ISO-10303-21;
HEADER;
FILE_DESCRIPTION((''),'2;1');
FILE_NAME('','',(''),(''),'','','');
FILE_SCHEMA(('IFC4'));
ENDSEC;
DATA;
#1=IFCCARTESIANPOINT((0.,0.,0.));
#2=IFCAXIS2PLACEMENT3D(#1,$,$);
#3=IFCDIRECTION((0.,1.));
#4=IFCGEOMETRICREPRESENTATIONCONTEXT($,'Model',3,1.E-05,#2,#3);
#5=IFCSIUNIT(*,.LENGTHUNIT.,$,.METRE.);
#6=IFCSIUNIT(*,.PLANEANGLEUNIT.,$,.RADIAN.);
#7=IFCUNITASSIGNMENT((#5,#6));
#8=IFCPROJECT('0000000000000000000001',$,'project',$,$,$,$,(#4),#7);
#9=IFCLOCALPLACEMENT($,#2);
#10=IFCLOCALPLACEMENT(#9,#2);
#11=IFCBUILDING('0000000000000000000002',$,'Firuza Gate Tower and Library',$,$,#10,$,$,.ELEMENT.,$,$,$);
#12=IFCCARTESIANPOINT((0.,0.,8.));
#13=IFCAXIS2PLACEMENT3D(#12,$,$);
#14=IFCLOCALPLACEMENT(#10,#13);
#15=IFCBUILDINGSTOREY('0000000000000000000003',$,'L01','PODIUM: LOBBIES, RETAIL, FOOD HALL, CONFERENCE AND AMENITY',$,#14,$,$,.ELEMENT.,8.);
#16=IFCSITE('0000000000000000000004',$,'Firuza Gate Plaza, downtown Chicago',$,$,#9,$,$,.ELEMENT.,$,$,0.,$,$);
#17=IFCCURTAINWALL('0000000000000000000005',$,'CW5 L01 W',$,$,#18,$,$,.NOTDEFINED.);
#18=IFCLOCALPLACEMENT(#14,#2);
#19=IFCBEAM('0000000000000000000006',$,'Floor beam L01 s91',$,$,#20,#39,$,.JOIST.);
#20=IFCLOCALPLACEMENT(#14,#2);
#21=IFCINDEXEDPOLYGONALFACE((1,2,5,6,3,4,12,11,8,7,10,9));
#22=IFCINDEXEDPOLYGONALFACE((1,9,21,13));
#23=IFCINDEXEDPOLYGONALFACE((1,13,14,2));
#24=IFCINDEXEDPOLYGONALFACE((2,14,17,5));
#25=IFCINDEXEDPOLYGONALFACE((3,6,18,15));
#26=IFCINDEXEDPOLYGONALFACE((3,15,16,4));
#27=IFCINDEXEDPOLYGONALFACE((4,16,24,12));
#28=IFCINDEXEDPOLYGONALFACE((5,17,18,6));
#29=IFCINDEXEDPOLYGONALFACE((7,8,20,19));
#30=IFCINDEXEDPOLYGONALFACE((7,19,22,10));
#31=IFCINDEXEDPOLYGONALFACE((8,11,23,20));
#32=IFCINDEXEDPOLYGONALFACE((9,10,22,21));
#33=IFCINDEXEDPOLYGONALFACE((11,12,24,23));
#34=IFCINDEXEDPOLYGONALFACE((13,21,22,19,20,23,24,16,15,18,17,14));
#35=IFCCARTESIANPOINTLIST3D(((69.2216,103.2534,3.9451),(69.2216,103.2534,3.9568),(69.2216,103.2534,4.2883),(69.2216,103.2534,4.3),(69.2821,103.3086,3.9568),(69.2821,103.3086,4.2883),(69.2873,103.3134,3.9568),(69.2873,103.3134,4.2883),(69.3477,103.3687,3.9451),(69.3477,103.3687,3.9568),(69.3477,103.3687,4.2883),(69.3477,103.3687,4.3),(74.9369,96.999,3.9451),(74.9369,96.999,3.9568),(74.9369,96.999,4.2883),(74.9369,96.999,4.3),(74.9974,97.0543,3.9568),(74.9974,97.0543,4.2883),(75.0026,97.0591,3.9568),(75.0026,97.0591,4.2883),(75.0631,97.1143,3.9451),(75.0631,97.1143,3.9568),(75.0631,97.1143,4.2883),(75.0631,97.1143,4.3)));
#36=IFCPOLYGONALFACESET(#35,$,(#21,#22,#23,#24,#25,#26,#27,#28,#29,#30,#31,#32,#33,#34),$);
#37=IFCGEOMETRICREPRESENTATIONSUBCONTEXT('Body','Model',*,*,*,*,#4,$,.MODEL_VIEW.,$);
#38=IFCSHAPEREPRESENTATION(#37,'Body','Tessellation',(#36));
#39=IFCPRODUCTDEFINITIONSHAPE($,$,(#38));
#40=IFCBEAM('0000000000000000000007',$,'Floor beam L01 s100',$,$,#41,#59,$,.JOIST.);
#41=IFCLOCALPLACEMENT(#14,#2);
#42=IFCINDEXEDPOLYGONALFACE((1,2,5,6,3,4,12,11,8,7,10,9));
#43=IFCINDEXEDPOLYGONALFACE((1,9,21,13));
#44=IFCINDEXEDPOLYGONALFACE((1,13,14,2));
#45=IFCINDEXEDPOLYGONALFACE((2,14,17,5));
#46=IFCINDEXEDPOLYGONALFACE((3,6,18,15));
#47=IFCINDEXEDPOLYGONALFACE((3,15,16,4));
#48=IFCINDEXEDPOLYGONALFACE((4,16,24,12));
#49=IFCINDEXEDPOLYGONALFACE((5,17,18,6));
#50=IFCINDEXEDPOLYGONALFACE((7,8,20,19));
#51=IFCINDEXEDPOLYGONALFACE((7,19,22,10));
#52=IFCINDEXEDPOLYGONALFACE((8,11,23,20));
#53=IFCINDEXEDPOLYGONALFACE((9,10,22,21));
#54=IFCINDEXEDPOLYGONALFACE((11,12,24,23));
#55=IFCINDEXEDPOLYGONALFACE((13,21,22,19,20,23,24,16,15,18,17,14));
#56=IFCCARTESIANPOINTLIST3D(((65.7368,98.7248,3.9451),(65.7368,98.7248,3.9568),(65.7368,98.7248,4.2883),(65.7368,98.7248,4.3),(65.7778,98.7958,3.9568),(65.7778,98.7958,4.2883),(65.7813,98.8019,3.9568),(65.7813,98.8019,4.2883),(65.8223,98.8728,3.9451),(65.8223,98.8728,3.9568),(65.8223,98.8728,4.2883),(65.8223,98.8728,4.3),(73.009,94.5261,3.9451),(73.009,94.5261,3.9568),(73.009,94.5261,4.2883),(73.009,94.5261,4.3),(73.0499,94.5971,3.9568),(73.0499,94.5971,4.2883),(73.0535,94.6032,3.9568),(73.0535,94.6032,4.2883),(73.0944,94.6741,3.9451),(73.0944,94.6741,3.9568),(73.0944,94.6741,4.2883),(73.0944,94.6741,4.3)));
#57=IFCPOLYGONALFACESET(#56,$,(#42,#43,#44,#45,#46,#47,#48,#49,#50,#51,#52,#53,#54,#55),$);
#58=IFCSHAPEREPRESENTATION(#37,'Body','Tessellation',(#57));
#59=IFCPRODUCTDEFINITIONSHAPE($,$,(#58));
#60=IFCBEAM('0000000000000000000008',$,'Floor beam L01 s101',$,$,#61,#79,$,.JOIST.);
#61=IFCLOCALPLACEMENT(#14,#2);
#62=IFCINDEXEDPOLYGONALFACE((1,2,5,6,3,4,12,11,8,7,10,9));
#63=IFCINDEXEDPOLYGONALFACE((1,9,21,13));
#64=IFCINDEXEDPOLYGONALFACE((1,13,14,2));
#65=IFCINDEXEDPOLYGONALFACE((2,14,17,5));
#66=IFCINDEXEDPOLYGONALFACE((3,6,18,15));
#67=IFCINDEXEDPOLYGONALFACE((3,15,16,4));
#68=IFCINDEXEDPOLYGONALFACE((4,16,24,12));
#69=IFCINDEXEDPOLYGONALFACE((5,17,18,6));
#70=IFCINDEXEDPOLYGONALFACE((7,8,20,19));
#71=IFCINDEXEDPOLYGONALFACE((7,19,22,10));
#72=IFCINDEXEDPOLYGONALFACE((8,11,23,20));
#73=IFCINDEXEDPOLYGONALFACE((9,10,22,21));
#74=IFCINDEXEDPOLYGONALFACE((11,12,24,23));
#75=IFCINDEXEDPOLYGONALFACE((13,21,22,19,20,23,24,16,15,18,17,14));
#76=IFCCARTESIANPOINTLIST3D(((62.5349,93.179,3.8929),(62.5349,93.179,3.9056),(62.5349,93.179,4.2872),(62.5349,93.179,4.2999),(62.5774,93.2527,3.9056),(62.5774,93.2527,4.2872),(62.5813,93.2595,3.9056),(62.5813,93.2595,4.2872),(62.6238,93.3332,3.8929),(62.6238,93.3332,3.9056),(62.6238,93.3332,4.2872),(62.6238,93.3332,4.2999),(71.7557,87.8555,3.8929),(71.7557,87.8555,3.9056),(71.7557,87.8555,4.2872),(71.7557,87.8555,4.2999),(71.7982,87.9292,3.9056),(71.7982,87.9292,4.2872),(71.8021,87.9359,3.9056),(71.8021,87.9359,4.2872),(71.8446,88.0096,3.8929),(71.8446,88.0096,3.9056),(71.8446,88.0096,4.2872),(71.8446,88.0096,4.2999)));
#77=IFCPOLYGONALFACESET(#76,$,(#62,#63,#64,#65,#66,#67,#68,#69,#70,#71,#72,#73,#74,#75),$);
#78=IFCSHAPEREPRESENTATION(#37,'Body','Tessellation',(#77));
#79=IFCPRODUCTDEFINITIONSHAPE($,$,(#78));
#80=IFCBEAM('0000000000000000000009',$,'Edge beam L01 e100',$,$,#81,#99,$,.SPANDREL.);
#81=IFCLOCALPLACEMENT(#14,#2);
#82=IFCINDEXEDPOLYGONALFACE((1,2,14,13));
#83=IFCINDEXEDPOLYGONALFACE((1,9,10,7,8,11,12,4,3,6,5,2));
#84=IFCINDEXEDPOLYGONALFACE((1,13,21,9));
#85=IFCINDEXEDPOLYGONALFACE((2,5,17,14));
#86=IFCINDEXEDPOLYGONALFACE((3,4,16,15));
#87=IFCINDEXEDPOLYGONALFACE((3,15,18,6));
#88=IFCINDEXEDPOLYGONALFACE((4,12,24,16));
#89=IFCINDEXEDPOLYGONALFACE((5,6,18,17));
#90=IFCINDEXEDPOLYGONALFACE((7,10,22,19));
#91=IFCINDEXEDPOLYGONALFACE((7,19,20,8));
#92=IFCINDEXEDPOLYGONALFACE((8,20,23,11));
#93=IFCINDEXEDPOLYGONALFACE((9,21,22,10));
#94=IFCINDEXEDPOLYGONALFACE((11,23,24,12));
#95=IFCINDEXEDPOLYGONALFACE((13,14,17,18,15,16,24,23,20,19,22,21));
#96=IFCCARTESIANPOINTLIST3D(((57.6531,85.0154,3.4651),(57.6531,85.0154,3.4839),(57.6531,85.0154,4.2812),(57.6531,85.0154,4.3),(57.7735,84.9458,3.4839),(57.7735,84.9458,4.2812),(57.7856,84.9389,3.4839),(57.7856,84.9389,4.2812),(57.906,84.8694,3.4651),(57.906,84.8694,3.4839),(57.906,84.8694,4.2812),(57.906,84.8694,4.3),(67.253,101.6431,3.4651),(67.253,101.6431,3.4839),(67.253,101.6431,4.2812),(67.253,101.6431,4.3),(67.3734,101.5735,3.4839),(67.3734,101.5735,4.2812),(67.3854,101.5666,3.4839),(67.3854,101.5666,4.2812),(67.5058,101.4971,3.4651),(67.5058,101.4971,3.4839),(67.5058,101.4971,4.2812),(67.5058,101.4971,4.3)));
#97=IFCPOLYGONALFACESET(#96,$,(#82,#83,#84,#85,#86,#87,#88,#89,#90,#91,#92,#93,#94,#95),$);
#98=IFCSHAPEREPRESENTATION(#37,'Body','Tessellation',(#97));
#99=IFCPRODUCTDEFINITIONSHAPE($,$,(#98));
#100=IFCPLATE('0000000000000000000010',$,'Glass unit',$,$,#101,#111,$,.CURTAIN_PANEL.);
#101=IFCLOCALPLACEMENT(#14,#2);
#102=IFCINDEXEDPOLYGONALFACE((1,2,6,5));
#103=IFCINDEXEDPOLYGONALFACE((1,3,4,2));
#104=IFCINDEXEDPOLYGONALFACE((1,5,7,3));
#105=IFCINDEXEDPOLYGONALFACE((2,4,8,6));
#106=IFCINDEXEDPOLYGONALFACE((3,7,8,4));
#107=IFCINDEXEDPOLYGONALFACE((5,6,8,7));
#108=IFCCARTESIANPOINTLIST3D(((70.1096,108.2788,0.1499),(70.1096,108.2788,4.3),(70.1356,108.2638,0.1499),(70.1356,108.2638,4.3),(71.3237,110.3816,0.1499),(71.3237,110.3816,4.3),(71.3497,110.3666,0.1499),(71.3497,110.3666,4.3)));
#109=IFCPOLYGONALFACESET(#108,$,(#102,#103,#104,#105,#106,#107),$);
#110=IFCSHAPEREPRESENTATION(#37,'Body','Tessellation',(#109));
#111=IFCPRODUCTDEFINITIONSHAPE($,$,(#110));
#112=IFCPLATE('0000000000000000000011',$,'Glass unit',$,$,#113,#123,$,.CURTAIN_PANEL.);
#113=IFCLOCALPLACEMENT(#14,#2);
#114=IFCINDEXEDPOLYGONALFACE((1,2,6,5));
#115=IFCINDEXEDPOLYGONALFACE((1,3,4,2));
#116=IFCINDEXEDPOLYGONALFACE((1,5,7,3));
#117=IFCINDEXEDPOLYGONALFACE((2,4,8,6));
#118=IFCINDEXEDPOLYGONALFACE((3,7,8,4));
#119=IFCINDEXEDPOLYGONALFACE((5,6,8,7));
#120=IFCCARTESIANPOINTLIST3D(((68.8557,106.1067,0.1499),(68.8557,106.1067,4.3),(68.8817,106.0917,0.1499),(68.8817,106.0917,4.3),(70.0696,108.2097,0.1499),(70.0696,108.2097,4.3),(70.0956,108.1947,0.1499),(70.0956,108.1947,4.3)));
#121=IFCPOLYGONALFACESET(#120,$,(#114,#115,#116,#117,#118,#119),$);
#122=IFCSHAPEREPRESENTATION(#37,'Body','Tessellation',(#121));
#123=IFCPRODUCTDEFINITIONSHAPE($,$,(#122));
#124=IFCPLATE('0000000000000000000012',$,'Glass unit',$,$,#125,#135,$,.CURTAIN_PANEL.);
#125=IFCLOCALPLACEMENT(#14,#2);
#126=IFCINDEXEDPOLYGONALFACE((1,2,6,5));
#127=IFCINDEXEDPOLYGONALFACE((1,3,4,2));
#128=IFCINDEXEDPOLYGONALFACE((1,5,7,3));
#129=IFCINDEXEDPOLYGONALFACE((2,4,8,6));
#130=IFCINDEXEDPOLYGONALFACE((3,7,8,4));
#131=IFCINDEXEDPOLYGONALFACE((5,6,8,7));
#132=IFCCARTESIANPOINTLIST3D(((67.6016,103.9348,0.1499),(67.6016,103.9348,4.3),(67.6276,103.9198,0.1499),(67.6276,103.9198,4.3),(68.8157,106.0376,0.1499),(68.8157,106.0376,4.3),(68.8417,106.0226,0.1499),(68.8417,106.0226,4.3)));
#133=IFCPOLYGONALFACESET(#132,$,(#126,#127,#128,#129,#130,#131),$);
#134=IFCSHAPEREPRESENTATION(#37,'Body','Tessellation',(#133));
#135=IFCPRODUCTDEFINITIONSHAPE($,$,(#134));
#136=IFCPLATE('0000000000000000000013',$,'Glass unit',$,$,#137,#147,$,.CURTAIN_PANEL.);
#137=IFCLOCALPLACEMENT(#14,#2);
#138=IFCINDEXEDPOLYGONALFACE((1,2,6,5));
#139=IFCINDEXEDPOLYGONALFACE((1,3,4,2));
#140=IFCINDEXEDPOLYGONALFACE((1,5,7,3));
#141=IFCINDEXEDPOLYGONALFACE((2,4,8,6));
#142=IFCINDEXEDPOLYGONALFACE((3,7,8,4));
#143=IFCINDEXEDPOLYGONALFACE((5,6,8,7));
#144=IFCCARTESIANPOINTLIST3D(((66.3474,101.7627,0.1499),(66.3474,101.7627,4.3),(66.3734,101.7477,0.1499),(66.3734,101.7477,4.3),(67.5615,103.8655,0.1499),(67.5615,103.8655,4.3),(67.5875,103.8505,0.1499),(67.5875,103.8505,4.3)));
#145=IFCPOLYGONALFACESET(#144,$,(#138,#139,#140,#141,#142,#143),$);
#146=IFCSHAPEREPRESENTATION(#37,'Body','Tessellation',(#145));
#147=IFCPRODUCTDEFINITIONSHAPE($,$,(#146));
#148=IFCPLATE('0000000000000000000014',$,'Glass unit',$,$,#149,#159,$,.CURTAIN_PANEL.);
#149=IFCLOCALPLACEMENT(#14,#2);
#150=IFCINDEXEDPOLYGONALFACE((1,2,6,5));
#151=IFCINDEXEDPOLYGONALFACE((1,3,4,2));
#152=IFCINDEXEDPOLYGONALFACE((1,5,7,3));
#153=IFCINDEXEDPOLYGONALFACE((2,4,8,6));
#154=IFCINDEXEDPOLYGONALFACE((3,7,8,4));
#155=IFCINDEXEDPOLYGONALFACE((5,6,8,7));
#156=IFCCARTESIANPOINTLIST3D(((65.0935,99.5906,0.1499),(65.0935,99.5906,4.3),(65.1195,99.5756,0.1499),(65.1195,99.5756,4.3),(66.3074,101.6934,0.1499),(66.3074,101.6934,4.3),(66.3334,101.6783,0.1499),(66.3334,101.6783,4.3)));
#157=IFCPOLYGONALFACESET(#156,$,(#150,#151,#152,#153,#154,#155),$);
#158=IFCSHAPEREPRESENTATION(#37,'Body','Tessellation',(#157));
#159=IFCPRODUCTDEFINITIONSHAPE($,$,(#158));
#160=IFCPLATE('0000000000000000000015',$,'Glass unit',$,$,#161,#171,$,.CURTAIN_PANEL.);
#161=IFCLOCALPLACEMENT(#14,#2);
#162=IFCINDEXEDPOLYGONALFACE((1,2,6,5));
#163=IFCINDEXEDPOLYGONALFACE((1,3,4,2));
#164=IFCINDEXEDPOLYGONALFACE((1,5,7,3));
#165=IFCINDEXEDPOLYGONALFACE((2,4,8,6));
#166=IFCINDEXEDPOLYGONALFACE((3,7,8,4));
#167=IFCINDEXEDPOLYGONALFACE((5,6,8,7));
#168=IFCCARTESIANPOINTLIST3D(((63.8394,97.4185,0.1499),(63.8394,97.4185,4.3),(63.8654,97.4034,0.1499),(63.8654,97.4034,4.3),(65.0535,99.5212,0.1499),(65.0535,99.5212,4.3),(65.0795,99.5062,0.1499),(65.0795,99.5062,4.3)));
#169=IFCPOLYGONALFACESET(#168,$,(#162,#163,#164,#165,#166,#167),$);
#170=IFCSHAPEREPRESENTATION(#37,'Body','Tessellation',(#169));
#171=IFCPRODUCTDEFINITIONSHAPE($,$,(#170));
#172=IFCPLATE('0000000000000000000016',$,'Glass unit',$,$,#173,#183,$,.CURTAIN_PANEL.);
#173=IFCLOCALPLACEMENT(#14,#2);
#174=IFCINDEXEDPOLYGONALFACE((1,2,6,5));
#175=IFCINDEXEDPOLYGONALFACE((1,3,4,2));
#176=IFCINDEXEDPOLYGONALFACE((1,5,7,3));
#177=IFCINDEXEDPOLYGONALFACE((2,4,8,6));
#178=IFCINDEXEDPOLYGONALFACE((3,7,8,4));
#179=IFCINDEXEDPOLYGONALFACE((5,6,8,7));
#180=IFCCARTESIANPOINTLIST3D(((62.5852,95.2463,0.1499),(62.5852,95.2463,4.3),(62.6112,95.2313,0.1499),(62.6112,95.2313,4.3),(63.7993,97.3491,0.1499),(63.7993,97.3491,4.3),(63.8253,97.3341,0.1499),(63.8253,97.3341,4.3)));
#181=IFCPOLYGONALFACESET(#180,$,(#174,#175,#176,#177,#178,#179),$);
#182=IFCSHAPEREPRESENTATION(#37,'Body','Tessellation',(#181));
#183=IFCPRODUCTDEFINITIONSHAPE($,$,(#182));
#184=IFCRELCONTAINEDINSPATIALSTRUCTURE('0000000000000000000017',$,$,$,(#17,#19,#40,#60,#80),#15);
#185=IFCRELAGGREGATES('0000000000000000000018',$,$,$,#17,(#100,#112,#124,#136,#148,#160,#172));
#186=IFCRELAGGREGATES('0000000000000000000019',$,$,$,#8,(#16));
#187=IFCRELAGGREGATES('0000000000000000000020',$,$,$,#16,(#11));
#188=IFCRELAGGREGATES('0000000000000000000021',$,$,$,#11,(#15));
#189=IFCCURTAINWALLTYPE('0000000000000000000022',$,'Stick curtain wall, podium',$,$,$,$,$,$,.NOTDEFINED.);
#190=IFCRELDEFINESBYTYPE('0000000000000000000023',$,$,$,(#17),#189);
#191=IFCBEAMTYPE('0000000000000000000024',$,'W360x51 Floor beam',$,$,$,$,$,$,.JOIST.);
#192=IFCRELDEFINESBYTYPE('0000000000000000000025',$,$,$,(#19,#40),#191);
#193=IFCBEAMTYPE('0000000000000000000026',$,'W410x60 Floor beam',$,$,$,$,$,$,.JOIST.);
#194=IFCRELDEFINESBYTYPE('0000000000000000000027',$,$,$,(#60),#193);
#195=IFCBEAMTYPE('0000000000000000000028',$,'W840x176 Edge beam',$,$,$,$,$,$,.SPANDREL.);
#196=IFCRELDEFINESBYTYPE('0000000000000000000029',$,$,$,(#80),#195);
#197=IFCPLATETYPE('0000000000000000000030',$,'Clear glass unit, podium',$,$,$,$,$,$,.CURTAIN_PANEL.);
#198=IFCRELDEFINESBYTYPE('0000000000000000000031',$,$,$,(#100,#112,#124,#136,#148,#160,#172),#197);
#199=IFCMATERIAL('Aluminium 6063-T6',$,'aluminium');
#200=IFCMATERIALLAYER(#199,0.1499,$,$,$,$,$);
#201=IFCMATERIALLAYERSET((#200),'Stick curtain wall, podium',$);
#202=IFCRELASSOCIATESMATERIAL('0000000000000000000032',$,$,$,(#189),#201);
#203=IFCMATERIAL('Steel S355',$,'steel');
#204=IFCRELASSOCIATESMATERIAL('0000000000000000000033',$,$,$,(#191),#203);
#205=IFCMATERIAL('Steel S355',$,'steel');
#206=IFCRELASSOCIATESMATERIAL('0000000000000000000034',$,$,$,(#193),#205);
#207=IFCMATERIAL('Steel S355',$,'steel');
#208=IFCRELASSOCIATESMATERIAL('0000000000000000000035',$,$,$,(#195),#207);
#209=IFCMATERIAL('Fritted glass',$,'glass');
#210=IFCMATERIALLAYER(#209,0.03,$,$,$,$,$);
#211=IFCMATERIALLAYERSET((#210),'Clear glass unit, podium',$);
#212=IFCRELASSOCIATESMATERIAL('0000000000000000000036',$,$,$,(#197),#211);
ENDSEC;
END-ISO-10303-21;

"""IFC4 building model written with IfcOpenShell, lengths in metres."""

from ifc_helpers import new_model, si_unit, direction, frame, origin, origin_2d, place, context, subcontext, project, spatial, polyline, i_section, outline, extrude, material, layer, layer_set, material_profile, profile_set, type_object, element, aggregate, save


model = new_model("IFC4")

# Units and contexts
model_context = context("Model", 3, precision=1e-05, world=origin(), true_north=direction((0.0, 1.0)))
body_context = subcontext(model_context, "Body", "Model", "MODEL_VIEW")
ifc_project = project(units=[si_unit("LENGTHUNIT", "METRE"), si_unit("PLANEANGLEUNIT", "RADIAN")], contexts=[model_context])

# Site, building, storey
site_placement = place(None, origin())
site = spatial("IfcSite", under=ifc_project, at=site_placement, Name="Firuza Gate Plaza, downtown Chicago", CompositionType="ELEMENT", RefElevation=0.0)
building_placement = place(site_placement, origin())
building = spatial("IfcBuilding", under=site, at=building_placement, Name="Firuza Gate Tower and Library", CompositionType="ELEMENT")
storey_placement = place(building_placement, frame((0.0, 0.0, 8.0)))
storey = spatial("IfcBuildingStorey", under=building, at=storey_placement, Name="L01", Description="PODIUM: LOBBIES, RETAIL, FOOD HALL, CONFERENCE AND AMENITY", CompositionType="ELEMENT", Elevation=8.0)

# Curtain wall
ifc_material_1 = material(Name="Aluminium 6063-T6", Category="aluminium")
ifc_layer_1 = layer(ifc_material_1, 0.1499)
ifc_layer_set_1 = layer_set([ifc_layer_1], Name="Stick curtain wall, podium")
curtain_wall_type = type_object("IfcCurtainWallType", Name="Stick curtain wall, podium", PredefinedType="NOTDEFINED", material=ifc_layer_set_1)
placement = place(storey_placement, origin())
curtain_wall = element("IfcCurtainWall", 1, at=placement, inside=storey, type_object=curtain_wall_type, Name="CW5 L01 W", PredefinedType="NOTDEFINED")

# Beams
ifc_material_2 = material(Name="Steel S355", Category="steel")
ifc_material_profile_1 = material_profile(ifc_material_2, i_section(OverallWidth=0.1709, OverallDepth=0.355, WebThickness=0.0071, FlangeThickness=0.0117, at=origin_2d()))
ifc_profile_set_1 = profile_set([ifc_material_profile_1], Name="Steel S355")
beam_type_1 = type_object("IfcBeamType", Name="W360x51 Floor beam", PredefinedType="JOIST", material=ifc_profile_set_1)
beam_1_placement = place(storey_placement, frame((69.2847, 103.311, 4.1226), z_axis=(0.674578, -0.738203, 0.0), x_axis=(0.738203, 0.674578, 0.0)))
element("IfcBeam", 2, at=beam_1_placement, inside=storey, type_object=beam_type_1, Name="Floor beam L01 s91", PredefinedType="JOIST", context=body_context, shape_type="SweptSolid", body=[
    extrude(i_section(OverallWidth=0.1709, OverallDepth=0.355, WebThickness=0.0071, FlangeThickness=0.0117, at=origin_2d()), origin(), (0.0, 0.0, 1.0), 8.4724),
])
beam_2_placement = place(storey_placement, frame((65.7795, 98.7988, 4.1226), z_axis=(0.86602, -0.50001, 0.0), x_axis=(0.50001, 0.86602, 0.0)))
element("IfcBeam", 3, at=beam_2_placement, inside=storey, type_object=beam_type_1, Name="Floor beam L01 s100", PredefinedType="JOIST", context=body_context, shape_type="SweptSolid", body=[
    extrude(i_section(OverallWidth=0.1709, OverallDepth=0.355, WebThickness=0.0071, FlangeThickness=0.0117, at=origin_2d()), origin(), (0.0, 0.0, 1.0), 8.3972),
])
ifc_material_3 = material(Name="Steel S355", Category="steel")
ifc_material_profile_2 = material_profile(ifc_material_3, i_section(OverallWidth=0.178, OverallDepth=0.407, WebThickness=0.0078, FlangeThickness=0.0127, at=origin_2d()))
ifc_profile_set_2 = profile_set([ifc_material_profile_2], Name="Steel S355")
beam_type_2 = type_object("IfcBeamType", Name="W410x60 Floor beam", PredefinedType="JOIST", material=ifc_profile_set_2)
beam_3_placement = place(storey_placement, frame((62.5793, 93.2561, 4.0964), z_axis=(0.866029, -0.499994, 0.0), x_axis=(0.499994, 0.866029, 0.0)))
element("IfcBeam", 4, at=beam_3_placement, inside=storey, type_object=beam_type_2, Name="Floor beam L01 s101", PredefinedType="JOIST", context=body_context, shape_type="SweptSolid", body=[
    extrude(i_section(OverallWidth=0.178, OverallDepth=0.407, WebThickness=0.0078, FlangeThickness=0.0127, at=origin_2d()), origin(), (0.0, 0.0, 1.0), 10.6472),
])
ifc_material_4 = material(Name="Steel S355", Category="steel")
ifc_material_profile_3 = material_profile(ifc_material_4, i_section(OverallWidth=0.292, OverallDepth=0.835, WebThickness=0.0139, FlangeThickness=0.0188, at=origin_2d()))
ifc_profile_set_3 = profile_set([ifc_material_profile_3], Name="Steel S355")
beam_type_3 = type_object("IfcBeamType", Name="W840x176 Edge beam", PredefinedType="SPANDREL", material=ifc_profile_set_3)
beam_4_placement = place(storey_placement, frame((67.3794, 101.5701, 3.8826), z_axis=(-0.499994, -0.866029, 0.0), x_axis=(0.866029, -0.499994, 0.0)))
element("IfcBeam", 5, at=beam_4_placement, inside=storey, type_object=beam_type_3, Name="Edge beam L01 e100", PredefinedType="SPANDREL", context=body_context, shape_type="SweptSolid", body=[
    extrude(i_section(OverallWidth=0.292, OverallDepth=0.835, WebThickness=0.0139, FlangeThickness=0.0188, at=origin_2d()), origin(), (0.0, 0.0, 1.0), 19.2),
])

# Plates
ifc_material_5 = material(Name="Fritted glass", Category="glass")
ifc_layer_2 = layer(ifc_material_5, 0.03)
ifc_layer_set_2 = layer_set([ifc_layer_2], Name="Clear glass unit, podium")
plate_type = type_object("IfcPlateType", Name="Clear glass unit, podium", PredefinedType="CURTAIN_PANEL", material=ifc_layer_set_2)
plate_1_placement = place(storey_placement, frame((71.3237, 110.3816, 0.1499), z_axis=(-0.866013, 0.500021, 0.0), x_axis=(-0.500021, -0.866013, 0.0)))
plate_1 = element("IfcPlate", 6, at=plate_1_placement, type_object=plate_type, Name="Glass unit", PredefinedType="CURTAIN_PANEL", context=body_context, shape_type="SweptSolid", body=[
    extrude(outline(polyline([(0.0, 0.0), (2.4281, 0.0), (2.4281, 4.1501), (0.0, 4.1501), (0.0, 0.0)])), origin(), (0.0, 0.0, -1.0), 0.03),
])
plate_2_placement = place(storey_placement, frame((70.0696, 108.2097, 0.1499), z_axis=(-0.866082, 0.499902, 0.0), x_axis=(-0.499902, -0.866082, 0.0)))
plate_2 = element("IfcPlate", 7, at=plate_2_placement, type_object=plate_type, Name="Glass unit", PredefinedType="CURTAIN_PANEL", context=body_context, shape_type="SweptSolid", body=[
    extrude(outline(polyline([(0.0, 0.0), (2.4282, 0.0), (2.4282, 4.1501), (0.0, 4.1501), (0.0, 0.0)])), origin(), (0.0, 0.0, -1.0), 0.03),
])
plate_3_placement = place(storey_placement, frame((68.8157, 106.0376, 0.1499), z_axis=(-0.866013, 0.500021, 0.0), x_axis=(-0.500021, -0.866013, 0.0)))
plate_3 = element("IfcPlate", 8, at=plate_3_placement, type_object=plate_type, Name="Glass unit", PredefinedType="CURTAIN_PANEL", context=body_context, shape_type="SweptSolid", body=[
    extrude(outline(polyline([(0.0, 0.0), (2.4281, 0.0), (2.4281, 4.1501), (0.0, 4.1501), (0.0, 0.0)])), origin(), (0.0, 0.0, -1.0), 0.03),
])
plate_4_placement = place(storey_placement, frame((67.5615, 103.8655, 0.1499), z_axis=(-0.866013, 0.500021, 0.0), x_axis=(-0.500021, -0.866013, 0.0)))
plate_4 = element("IfcPlate", 9, at=plate_4_placement, type_object=plate_type, Name="Glass unit", PredefinedType="CURTAIN_PANEL", context=body_context, shape_type="SweptSolid", body=[
    extrude(outline(polyline([(0.0, 0.0), (2.4281, 0.0), (2.4281, 4.1501), (0.0, 4.1501), (0.0, 0.0)])), origin(), (0.0, 0.0, -1.0), 0.03),
])
plate_5_placement = place(storey_placement, frame((66.3074, 101.6934, 0.1499), z_axis=(-0.866057, 0.499946, 0.0), x_axis=(-0.499946, -0.866057, 0.0)))
plate_5 = element("IfcPlate", 10, at=plate_5_placement, type_object=plate_type, Name="Glass unit", PredefinedType="CURTAIN_PANEL", context=body_context, shape_type="SweptSolid", body=[
    extrude(outline(polyline([(0.0, 0.0), (2.428, 0.0), (2.428, 4.1501), (0.0, 4.1501), (0.0, 0.0)])), origin(), (0.0, 0.0, -1.0), 0.03),
])
plate_6_placement = place(storey_placement, frame((65.0535, 99.5212, 0.1499), z_axis=(-0.866013, 0.500021, 0.0), x_axis=(-0.500021, -0.866013, 0.0)))
plate_6 = element("IfcPlate", 11, at=plate_6_placement, type_object=plate_type, Name="Glass unit", PredefinedType="CURTAIN_PANEL", context=body_context, shape_type="SweptSolid", body=[
    extrude(outline(polyline([(0.0, 0.0), (2.4281, 0.0), (2.4281, 4.1501), (0.0, 4.1501), (0.0, 0.0)])), origin(), (0.0, 0.0, -1.0), 0.03),
])
plate_7_placement = place(storey_placement, frame((63.7993, 97.3491, 0.1499), z_axis=(-0.866013, 0.500021, 0.0), x_axis=(-0.500021, -0.866013, 0.0)))
plate_7 = element("IfcPlate", 12, at=plate_7_placement, type_object=plate_type, Name="Glass unit", PredefinedType="CURTAIN_PANEL", context=body_context, shape_type="SweptSolid", body=[
    extrude(outline(polyline([(0.0, 0.0), (2.4281, 0.0), (2.4281, 4.1501), (0.0, 4.1501), (0.0, 0.0)])), origin(), (0.0, 0.0, -1.0), 0.03),
])
aggregate(curtain_wall, [plate_1, plate_2, plate_3, plate_4, plate_5, plate_6, plate_7])

save(model, "model.ifc")
